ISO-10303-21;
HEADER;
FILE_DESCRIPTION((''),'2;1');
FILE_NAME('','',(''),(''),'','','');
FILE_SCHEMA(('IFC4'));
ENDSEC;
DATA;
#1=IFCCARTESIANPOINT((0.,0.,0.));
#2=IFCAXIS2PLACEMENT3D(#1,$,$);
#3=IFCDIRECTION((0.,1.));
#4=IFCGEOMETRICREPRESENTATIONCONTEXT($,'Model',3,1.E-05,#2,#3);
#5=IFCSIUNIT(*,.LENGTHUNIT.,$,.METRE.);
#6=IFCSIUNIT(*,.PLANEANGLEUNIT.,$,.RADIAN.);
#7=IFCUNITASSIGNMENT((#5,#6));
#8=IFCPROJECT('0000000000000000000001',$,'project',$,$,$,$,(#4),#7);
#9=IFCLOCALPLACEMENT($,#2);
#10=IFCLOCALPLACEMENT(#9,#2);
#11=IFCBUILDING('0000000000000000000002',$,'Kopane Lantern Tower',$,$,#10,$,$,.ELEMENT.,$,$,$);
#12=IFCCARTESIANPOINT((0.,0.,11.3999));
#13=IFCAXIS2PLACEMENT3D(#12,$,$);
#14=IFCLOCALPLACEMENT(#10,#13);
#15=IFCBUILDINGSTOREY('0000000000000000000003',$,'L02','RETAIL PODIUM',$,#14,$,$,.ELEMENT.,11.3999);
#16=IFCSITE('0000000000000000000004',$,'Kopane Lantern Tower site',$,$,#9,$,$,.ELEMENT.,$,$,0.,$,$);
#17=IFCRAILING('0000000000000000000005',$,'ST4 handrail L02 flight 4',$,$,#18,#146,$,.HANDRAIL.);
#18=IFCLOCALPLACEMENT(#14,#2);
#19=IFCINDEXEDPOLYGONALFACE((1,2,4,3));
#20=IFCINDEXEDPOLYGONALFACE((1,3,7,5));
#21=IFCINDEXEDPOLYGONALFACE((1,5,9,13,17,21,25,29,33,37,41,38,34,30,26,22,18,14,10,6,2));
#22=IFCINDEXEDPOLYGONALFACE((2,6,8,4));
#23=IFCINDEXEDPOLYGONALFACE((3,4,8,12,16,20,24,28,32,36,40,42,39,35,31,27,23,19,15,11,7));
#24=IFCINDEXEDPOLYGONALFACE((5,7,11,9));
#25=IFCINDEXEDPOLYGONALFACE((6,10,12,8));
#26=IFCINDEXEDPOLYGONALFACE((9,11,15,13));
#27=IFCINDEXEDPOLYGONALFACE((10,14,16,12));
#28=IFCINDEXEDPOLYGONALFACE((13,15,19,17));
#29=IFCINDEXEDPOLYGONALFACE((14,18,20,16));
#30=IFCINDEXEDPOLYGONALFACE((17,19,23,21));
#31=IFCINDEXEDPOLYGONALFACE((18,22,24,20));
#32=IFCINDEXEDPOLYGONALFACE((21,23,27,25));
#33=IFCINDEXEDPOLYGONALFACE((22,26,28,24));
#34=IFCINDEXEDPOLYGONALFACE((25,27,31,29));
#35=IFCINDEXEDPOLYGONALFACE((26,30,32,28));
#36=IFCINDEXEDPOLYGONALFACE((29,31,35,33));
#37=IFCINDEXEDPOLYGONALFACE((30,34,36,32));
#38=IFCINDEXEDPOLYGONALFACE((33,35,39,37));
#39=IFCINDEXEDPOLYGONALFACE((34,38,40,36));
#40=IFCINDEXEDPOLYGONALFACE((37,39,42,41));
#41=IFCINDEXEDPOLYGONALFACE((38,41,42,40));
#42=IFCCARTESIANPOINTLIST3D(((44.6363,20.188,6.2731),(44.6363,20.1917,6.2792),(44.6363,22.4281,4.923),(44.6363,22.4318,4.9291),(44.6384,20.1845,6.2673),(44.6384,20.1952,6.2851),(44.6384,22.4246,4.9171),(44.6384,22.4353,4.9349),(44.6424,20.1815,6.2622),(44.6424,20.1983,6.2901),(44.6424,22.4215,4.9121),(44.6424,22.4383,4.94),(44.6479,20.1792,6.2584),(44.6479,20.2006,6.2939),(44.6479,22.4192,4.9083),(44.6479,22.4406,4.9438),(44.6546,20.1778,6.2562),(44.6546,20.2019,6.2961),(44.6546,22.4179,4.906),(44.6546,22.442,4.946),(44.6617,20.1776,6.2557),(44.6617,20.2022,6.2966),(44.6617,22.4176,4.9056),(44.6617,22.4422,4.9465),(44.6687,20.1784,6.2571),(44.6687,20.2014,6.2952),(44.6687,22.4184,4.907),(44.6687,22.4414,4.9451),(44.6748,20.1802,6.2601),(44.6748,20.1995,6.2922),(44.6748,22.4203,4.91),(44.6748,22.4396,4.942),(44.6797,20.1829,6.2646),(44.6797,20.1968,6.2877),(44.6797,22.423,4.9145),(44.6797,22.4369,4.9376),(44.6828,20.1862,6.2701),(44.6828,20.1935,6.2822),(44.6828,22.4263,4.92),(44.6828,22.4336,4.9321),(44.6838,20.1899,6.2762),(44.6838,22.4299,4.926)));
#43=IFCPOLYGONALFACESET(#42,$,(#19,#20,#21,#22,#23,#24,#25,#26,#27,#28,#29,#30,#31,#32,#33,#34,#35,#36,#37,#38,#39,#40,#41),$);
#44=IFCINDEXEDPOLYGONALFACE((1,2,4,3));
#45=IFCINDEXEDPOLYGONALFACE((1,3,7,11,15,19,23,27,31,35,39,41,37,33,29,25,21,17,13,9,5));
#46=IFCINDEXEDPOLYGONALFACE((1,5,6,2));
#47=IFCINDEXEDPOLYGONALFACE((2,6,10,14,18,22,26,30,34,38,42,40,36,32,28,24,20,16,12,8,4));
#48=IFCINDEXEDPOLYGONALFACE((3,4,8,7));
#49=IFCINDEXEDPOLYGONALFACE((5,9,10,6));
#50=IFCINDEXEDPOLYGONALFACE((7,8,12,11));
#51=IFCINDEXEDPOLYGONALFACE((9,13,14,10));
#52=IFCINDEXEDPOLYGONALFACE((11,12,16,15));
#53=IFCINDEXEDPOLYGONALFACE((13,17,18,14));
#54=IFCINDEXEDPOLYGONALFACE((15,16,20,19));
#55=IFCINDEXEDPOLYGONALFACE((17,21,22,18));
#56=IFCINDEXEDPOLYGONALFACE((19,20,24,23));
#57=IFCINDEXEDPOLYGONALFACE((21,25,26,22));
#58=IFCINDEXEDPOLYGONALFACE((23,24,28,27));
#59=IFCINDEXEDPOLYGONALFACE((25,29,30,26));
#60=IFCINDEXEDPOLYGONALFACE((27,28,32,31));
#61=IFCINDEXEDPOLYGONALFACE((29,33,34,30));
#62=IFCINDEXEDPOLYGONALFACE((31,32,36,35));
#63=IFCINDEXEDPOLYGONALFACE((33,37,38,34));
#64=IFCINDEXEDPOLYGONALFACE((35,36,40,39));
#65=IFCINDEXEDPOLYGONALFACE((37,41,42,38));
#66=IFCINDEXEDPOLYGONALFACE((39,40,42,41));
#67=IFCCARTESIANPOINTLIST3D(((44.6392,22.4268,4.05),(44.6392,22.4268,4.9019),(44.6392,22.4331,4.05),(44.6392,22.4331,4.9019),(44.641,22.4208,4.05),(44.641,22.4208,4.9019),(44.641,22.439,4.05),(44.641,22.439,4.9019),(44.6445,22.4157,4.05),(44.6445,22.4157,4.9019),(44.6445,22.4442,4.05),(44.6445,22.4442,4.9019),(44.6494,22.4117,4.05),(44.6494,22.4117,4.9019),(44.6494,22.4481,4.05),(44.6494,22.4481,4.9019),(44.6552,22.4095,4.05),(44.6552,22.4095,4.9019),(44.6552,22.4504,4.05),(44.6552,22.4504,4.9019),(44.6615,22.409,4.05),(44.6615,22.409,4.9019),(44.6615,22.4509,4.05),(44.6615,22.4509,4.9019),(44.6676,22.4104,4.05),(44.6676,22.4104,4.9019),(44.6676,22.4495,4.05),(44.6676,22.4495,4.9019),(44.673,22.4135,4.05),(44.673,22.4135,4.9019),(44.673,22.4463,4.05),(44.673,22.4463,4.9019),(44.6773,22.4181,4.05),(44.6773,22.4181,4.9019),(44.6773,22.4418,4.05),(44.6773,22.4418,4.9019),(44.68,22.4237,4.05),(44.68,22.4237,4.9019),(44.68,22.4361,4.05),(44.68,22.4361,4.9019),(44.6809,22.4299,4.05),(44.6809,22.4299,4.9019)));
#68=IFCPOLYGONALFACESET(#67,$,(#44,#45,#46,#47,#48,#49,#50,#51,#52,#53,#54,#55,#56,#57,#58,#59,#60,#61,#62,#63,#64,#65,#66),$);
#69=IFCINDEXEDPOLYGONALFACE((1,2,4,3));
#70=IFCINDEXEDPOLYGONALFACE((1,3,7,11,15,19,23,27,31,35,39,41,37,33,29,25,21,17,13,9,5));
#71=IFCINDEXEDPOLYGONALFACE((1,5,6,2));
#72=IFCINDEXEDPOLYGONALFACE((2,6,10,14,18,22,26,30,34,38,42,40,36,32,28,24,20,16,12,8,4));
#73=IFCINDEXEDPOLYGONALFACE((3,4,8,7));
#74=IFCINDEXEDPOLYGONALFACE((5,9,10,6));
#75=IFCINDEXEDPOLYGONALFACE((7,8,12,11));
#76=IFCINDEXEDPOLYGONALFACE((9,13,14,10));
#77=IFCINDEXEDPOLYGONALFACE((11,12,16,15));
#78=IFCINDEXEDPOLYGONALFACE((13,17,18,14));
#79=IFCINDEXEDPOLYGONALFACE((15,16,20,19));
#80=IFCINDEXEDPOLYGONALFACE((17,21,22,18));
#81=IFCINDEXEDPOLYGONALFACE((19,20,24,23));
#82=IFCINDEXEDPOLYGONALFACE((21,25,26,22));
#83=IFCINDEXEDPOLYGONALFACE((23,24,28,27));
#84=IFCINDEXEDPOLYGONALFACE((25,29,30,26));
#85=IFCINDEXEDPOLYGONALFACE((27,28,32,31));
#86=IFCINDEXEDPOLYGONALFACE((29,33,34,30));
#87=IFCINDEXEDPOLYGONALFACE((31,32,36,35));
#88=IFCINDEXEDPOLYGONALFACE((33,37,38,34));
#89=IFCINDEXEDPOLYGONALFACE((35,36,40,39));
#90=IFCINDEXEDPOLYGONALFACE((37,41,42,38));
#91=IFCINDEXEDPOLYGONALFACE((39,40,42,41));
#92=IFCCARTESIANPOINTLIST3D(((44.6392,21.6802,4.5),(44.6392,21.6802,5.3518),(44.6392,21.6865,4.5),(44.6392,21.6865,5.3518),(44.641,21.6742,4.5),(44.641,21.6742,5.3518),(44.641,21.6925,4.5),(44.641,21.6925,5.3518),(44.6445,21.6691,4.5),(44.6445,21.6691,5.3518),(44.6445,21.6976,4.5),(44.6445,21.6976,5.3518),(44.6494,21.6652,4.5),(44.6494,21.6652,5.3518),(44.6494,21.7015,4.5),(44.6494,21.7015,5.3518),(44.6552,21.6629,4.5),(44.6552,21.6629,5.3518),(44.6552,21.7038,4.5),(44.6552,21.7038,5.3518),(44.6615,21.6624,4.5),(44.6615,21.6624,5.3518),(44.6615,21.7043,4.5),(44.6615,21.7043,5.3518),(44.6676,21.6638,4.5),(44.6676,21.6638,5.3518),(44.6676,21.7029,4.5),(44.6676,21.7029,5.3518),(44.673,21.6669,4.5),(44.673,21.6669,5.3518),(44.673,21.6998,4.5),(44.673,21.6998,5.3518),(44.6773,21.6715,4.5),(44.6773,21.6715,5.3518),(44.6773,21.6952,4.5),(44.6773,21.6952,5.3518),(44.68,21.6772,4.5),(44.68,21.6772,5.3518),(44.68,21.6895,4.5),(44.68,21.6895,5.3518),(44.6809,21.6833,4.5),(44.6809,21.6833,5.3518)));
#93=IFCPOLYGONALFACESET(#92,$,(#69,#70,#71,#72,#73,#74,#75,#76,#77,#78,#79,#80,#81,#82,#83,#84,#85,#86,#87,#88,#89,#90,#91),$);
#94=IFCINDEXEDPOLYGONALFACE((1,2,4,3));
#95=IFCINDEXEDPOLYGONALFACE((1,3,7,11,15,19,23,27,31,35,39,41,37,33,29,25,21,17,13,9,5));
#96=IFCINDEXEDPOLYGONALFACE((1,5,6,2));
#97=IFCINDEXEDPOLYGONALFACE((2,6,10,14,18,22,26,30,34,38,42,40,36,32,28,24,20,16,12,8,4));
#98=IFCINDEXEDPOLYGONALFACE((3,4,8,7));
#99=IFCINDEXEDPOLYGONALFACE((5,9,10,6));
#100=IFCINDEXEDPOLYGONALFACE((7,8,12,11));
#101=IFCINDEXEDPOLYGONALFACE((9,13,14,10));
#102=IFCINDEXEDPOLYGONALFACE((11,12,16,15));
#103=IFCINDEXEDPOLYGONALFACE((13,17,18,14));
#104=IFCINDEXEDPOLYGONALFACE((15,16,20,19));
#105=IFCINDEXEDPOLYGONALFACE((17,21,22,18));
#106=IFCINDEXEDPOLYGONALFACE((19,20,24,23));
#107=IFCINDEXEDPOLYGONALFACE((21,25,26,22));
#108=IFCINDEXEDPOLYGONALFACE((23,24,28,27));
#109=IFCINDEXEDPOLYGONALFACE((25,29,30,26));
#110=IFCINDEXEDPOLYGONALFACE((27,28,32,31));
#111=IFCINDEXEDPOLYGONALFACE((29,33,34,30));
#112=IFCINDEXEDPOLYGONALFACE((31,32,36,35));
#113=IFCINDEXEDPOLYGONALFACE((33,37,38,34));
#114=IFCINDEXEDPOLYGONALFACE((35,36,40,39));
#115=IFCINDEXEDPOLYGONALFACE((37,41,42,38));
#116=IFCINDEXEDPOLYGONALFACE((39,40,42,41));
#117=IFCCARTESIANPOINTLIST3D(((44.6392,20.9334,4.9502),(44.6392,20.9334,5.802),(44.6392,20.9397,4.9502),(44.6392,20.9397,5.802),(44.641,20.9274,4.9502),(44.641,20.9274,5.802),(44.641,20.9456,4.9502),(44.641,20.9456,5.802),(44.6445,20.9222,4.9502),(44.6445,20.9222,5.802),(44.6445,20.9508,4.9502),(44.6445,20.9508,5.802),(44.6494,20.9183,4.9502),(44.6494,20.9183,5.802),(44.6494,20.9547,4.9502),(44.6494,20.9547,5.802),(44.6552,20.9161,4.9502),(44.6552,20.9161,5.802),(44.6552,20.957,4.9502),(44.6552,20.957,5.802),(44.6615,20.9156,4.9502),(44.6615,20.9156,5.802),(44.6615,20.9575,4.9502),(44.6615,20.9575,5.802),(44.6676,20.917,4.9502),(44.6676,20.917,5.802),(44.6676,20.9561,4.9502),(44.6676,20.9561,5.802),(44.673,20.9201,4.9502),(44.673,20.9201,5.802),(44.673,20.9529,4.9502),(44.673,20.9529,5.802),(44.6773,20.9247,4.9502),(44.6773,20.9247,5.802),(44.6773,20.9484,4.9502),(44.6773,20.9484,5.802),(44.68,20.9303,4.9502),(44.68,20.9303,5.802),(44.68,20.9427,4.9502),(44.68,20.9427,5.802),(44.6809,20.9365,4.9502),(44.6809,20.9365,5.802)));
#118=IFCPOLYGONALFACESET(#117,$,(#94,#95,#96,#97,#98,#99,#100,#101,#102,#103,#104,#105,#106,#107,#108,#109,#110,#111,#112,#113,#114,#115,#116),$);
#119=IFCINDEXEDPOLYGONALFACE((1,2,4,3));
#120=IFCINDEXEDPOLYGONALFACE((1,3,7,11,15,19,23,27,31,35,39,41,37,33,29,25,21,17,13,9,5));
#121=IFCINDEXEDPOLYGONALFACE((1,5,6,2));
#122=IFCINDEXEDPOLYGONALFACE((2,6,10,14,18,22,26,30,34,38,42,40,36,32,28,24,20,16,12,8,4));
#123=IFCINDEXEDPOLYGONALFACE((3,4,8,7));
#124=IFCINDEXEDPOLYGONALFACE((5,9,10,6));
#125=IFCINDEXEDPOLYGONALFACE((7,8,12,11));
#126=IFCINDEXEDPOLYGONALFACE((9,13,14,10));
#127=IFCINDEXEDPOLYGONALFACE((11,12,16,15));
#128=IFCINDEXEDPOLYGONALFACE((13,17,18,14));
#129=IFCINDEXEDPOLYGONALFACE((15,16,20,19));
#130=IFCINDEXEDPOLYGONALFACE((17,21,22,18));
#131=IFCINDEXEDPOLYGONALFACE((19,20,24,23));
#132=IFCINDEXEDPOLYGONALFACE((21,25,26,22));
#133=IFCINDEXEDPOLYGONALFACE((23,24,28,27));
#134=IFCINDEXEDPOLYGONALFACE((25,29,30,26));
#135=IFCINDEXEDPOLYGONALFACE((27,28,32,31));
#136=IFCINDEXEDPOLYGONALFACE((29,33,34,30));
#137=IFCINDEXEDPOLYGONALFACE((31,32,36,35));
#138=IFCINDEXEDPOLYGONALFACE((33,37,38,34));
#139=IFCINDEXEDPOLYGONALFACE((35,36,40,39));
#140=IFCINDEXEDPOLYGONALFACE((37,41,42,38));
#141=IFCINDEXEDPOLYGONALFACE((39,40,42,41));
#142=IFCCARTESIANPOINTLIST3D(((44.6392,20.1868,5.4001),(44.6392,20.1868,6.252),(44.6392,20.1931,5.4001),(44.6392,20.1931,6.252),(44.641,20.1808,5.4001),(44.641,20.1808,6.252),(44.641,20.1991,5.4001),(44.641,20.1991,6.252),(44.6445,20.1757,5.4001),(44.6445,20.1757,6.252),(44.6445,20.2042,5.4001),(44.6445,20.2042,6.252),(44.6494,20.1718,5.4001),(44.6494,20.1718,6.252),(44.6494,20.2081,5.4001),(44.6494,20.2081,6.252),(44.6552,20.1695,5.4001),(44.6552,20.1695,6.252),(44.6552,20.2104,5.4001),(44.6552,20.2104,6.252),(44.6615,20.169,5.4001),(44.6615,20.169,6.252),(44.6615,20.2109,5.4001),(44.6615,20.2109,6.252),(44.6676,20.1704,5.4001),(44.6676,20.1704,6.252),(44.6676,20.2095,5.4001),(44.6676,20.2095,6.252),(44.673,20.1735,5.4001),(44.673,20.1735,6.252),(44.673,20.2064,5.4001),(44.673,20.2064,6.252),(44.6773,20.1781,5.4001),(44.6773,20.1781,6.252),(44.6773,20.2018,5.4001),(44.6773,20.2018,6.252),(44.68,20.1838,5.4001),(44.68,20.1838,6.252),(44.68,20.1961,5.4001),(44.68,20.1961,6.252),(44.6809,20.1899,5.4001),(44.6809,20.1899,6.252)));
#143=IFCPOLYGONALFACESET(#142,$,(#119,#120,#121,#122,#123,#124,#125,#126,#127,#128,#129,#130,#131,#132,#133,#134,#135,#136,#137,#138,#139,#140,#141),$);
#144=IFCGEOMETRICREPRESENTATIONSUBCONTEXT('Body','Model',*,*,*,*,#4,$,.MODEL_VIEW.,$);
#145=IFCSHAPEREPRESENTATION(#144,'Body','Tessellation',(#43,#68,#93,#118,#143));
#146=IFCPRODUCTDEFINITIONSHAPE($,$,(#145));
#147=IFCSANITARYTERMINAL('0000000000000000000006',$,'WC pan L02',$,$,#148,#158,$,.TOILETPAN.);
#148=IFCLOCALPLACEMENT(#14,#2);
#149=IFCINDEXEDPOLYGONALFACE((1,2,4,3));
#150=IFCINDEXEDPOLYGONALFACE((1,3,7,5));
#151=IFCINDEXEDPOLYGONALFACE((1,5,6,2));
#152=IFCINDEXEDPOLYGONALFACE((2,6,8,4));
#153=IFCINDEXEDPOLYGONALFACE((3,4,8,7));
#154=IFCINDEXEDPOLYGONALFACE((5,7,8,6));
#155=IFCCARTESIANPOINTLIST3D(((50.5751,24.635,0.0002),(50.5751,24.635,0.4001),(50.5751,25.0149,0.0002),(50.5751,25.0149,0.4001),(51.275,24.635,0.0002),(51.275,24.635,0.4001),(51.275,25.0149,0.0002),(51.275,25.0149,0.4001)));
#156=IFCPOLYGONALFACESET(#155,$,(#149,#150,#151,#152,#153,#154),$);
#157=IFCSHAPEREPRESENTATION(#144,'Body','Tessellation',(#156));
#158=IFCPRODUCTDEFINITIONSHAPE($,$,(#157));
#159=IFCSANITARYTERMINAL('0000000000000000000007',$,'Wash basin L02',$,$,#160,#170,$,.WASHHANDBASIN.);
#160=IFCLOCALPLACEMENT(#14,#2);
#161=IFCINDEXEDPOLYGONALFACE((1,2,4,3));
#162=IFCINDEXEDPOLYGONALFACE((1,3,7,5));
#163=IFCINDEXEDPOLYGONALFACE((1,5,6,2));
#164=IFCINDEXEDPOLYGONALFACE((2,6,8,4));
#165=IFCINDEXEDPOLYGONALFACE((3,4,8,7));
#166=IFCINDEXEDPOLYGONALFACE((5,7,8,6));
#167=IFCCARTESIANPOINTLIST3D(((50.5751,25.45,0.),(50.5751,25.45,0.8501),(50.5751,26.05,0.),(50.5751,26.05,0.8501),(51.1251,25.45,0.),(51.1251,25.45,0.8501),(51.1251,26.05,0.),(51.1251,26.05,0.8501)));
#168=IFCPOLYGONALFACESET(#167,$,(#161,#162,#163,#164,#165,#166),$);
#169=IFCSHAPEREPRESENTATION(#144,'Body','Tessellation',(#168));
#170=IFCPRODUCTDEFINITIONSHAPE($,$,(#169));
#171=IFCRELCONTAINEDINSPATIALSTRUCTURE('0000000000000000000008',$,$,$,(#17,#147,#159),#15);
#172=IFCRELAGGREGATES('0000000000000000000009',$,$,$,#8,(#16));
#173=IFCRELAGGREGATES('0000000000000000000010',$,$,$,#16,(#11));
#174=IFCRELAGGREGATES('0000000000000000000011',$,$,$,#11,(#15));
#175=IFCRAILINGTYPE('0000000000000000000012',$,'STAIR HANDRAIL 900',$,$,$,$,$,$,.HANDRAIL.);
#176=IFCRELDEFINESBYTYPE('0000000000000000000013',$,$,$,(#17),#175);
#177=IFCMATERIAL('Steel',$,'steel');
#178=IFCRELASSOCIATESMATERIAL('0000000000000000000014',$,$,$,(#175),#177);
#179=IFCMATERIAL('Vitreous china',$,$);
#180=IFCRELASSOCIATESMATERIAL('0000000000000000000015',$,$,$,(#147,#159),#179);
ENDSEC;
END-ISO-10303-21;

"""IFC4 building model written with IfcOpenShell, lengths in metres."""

from ifc_helpers import new_model, si_unit, direction, frame, origin, origin_2d, place, context, subcontext, project, spatial, rectangle, circle, extrude, material, type_object, element, save


model = new_model("IFC4")

# Units and contexts
model_context = context("Model", 3, precision=1e-05, world=origin(), true_north=direction((0.0, 1.0)))
body_context = subcontext(model_context, "Body", "Model", "MODEL_VIEW")
ifc_project = project(units=[si_unit("LENGTHUNIT", "METRE"), si_unit("PLANEANGLEUNIT", "RADIAN")], contexts=[model_context])

# Site, building, storey
site_placement = place(None, origin())
site = spatial("IfcSite", under=ifc_project, at=site_placement, Name="Kopane Lantern Tower site", CompositionType="ELEMENT", RefElevation=0.0)
building_placement = place(site_placement, origin())
building = spatial("IfcBuilding", under=site, at=building_placement, Name="Kopane Lantern Tower", CompositionType="ELEMENT")
storey_placement = place(building_placement, frame((0.0, 0.0, 11.3999)))
storey = spatial("IfcBuildingStorey", under=building, at=storey_placement, Name="L02", Description="RETAIL PODIUM", CompositionType="ELEMENT", Elevation=11.3999)

# Railing
ifc_material_1 = material(Name="Steel", Category="steel")
railing_type_1 = type_object("IfcRailingType", Name="STAIR HANDRAIL 900", PredefinedType="HANDRAIL", material=ifc_material_1)
for number, where, name in (
    (1, (44.6599, 22.4299, 4.05), "ST4 handrail L02 flight 4"),
):
    element("IfcRailing", number, at=place(storey_placement, frame(where)), inside=storey, type_object=railing_type_1, Name=name, PredefinedType="HANDRAIL", context=body_context, shape_type="SweptSolid", body=[
        extrude(circle(Radius=0.0239, at=origin_2d()), frame((0.0, 0.0, 0.876), z_axis=(0.0, -0.856462, 0.516211), x_axis=(1.0, 0.0, 0.0)), (0.0, 0.0, 1.0), 2.6155),
        extrude(circle(Radius=0.021, at=origin_2d()), origin(), (0.0, 0.0, 1.0), 0.8518),
        extrude(circle(Radius=0.021, at=origin_2d()), frame((0.0, -0.7466, 0.45)), (0.0, 0.0, 1.0), 0.8518),
        extrude(circle(Radius=0.021, at=origin_2d()), frame((0.0, -1.4934, 0.9001)), (0.0, 0.0, 1.0), 0.8518),
        extrude(circle(Radius=0.021, at=origin_2d()), frame((0.0, -2.24, 1.3501)), (0.0, 0.0, 1.0), 0.8518),
    ])

# Sanitary terminals
ifc_material_2 = material(Name="Vitreous china")
sanitary_terminal_1_placement = place(storey_placement, frame((50.925, 24.825, 0.0002), z_axis=(0.0, 0.0, 1.0), x_axis=(1.0, 0.0, 0.0)))
element("IfcSanitaryTerminal", 2, at=sanitary_terminal_1_placement, inside=storey, material=ifc_material_2, Name="WC pan L02", PredefinedType="TOILETPAN", context=body_context, shape_type="SweptSolid", body=[
    extrude(rectangle(XDim=0.7, YDim=0.3799, at=origin_2d()), origin(), (0.0, 0.0, 1.0), 0.3999),
])
sanitary_terminal_2_placement = place(storey_placement, frame((50.8501, 25.75, 0.0), z_axis=(0.0, 0.0, 1.0), x_axis=(1.0, 0.0, 0.0)))
element("IfcSanitaryTerminal", 3, at=sanitary_terminal_2_placement, inside=storey, material=ifc_material_2, Name="Wash basin L02", PredefinedType="WASHHANDBASIN", context=body_context, shape_type="SweptSolid", body=[
    extrude(rectangle(XDim=0.55, YDim=0.6001, at=origin_2d()), origin(), (0.0, 0.0, 1.0), 0.8501),
])

save(model, "model.ifc")
